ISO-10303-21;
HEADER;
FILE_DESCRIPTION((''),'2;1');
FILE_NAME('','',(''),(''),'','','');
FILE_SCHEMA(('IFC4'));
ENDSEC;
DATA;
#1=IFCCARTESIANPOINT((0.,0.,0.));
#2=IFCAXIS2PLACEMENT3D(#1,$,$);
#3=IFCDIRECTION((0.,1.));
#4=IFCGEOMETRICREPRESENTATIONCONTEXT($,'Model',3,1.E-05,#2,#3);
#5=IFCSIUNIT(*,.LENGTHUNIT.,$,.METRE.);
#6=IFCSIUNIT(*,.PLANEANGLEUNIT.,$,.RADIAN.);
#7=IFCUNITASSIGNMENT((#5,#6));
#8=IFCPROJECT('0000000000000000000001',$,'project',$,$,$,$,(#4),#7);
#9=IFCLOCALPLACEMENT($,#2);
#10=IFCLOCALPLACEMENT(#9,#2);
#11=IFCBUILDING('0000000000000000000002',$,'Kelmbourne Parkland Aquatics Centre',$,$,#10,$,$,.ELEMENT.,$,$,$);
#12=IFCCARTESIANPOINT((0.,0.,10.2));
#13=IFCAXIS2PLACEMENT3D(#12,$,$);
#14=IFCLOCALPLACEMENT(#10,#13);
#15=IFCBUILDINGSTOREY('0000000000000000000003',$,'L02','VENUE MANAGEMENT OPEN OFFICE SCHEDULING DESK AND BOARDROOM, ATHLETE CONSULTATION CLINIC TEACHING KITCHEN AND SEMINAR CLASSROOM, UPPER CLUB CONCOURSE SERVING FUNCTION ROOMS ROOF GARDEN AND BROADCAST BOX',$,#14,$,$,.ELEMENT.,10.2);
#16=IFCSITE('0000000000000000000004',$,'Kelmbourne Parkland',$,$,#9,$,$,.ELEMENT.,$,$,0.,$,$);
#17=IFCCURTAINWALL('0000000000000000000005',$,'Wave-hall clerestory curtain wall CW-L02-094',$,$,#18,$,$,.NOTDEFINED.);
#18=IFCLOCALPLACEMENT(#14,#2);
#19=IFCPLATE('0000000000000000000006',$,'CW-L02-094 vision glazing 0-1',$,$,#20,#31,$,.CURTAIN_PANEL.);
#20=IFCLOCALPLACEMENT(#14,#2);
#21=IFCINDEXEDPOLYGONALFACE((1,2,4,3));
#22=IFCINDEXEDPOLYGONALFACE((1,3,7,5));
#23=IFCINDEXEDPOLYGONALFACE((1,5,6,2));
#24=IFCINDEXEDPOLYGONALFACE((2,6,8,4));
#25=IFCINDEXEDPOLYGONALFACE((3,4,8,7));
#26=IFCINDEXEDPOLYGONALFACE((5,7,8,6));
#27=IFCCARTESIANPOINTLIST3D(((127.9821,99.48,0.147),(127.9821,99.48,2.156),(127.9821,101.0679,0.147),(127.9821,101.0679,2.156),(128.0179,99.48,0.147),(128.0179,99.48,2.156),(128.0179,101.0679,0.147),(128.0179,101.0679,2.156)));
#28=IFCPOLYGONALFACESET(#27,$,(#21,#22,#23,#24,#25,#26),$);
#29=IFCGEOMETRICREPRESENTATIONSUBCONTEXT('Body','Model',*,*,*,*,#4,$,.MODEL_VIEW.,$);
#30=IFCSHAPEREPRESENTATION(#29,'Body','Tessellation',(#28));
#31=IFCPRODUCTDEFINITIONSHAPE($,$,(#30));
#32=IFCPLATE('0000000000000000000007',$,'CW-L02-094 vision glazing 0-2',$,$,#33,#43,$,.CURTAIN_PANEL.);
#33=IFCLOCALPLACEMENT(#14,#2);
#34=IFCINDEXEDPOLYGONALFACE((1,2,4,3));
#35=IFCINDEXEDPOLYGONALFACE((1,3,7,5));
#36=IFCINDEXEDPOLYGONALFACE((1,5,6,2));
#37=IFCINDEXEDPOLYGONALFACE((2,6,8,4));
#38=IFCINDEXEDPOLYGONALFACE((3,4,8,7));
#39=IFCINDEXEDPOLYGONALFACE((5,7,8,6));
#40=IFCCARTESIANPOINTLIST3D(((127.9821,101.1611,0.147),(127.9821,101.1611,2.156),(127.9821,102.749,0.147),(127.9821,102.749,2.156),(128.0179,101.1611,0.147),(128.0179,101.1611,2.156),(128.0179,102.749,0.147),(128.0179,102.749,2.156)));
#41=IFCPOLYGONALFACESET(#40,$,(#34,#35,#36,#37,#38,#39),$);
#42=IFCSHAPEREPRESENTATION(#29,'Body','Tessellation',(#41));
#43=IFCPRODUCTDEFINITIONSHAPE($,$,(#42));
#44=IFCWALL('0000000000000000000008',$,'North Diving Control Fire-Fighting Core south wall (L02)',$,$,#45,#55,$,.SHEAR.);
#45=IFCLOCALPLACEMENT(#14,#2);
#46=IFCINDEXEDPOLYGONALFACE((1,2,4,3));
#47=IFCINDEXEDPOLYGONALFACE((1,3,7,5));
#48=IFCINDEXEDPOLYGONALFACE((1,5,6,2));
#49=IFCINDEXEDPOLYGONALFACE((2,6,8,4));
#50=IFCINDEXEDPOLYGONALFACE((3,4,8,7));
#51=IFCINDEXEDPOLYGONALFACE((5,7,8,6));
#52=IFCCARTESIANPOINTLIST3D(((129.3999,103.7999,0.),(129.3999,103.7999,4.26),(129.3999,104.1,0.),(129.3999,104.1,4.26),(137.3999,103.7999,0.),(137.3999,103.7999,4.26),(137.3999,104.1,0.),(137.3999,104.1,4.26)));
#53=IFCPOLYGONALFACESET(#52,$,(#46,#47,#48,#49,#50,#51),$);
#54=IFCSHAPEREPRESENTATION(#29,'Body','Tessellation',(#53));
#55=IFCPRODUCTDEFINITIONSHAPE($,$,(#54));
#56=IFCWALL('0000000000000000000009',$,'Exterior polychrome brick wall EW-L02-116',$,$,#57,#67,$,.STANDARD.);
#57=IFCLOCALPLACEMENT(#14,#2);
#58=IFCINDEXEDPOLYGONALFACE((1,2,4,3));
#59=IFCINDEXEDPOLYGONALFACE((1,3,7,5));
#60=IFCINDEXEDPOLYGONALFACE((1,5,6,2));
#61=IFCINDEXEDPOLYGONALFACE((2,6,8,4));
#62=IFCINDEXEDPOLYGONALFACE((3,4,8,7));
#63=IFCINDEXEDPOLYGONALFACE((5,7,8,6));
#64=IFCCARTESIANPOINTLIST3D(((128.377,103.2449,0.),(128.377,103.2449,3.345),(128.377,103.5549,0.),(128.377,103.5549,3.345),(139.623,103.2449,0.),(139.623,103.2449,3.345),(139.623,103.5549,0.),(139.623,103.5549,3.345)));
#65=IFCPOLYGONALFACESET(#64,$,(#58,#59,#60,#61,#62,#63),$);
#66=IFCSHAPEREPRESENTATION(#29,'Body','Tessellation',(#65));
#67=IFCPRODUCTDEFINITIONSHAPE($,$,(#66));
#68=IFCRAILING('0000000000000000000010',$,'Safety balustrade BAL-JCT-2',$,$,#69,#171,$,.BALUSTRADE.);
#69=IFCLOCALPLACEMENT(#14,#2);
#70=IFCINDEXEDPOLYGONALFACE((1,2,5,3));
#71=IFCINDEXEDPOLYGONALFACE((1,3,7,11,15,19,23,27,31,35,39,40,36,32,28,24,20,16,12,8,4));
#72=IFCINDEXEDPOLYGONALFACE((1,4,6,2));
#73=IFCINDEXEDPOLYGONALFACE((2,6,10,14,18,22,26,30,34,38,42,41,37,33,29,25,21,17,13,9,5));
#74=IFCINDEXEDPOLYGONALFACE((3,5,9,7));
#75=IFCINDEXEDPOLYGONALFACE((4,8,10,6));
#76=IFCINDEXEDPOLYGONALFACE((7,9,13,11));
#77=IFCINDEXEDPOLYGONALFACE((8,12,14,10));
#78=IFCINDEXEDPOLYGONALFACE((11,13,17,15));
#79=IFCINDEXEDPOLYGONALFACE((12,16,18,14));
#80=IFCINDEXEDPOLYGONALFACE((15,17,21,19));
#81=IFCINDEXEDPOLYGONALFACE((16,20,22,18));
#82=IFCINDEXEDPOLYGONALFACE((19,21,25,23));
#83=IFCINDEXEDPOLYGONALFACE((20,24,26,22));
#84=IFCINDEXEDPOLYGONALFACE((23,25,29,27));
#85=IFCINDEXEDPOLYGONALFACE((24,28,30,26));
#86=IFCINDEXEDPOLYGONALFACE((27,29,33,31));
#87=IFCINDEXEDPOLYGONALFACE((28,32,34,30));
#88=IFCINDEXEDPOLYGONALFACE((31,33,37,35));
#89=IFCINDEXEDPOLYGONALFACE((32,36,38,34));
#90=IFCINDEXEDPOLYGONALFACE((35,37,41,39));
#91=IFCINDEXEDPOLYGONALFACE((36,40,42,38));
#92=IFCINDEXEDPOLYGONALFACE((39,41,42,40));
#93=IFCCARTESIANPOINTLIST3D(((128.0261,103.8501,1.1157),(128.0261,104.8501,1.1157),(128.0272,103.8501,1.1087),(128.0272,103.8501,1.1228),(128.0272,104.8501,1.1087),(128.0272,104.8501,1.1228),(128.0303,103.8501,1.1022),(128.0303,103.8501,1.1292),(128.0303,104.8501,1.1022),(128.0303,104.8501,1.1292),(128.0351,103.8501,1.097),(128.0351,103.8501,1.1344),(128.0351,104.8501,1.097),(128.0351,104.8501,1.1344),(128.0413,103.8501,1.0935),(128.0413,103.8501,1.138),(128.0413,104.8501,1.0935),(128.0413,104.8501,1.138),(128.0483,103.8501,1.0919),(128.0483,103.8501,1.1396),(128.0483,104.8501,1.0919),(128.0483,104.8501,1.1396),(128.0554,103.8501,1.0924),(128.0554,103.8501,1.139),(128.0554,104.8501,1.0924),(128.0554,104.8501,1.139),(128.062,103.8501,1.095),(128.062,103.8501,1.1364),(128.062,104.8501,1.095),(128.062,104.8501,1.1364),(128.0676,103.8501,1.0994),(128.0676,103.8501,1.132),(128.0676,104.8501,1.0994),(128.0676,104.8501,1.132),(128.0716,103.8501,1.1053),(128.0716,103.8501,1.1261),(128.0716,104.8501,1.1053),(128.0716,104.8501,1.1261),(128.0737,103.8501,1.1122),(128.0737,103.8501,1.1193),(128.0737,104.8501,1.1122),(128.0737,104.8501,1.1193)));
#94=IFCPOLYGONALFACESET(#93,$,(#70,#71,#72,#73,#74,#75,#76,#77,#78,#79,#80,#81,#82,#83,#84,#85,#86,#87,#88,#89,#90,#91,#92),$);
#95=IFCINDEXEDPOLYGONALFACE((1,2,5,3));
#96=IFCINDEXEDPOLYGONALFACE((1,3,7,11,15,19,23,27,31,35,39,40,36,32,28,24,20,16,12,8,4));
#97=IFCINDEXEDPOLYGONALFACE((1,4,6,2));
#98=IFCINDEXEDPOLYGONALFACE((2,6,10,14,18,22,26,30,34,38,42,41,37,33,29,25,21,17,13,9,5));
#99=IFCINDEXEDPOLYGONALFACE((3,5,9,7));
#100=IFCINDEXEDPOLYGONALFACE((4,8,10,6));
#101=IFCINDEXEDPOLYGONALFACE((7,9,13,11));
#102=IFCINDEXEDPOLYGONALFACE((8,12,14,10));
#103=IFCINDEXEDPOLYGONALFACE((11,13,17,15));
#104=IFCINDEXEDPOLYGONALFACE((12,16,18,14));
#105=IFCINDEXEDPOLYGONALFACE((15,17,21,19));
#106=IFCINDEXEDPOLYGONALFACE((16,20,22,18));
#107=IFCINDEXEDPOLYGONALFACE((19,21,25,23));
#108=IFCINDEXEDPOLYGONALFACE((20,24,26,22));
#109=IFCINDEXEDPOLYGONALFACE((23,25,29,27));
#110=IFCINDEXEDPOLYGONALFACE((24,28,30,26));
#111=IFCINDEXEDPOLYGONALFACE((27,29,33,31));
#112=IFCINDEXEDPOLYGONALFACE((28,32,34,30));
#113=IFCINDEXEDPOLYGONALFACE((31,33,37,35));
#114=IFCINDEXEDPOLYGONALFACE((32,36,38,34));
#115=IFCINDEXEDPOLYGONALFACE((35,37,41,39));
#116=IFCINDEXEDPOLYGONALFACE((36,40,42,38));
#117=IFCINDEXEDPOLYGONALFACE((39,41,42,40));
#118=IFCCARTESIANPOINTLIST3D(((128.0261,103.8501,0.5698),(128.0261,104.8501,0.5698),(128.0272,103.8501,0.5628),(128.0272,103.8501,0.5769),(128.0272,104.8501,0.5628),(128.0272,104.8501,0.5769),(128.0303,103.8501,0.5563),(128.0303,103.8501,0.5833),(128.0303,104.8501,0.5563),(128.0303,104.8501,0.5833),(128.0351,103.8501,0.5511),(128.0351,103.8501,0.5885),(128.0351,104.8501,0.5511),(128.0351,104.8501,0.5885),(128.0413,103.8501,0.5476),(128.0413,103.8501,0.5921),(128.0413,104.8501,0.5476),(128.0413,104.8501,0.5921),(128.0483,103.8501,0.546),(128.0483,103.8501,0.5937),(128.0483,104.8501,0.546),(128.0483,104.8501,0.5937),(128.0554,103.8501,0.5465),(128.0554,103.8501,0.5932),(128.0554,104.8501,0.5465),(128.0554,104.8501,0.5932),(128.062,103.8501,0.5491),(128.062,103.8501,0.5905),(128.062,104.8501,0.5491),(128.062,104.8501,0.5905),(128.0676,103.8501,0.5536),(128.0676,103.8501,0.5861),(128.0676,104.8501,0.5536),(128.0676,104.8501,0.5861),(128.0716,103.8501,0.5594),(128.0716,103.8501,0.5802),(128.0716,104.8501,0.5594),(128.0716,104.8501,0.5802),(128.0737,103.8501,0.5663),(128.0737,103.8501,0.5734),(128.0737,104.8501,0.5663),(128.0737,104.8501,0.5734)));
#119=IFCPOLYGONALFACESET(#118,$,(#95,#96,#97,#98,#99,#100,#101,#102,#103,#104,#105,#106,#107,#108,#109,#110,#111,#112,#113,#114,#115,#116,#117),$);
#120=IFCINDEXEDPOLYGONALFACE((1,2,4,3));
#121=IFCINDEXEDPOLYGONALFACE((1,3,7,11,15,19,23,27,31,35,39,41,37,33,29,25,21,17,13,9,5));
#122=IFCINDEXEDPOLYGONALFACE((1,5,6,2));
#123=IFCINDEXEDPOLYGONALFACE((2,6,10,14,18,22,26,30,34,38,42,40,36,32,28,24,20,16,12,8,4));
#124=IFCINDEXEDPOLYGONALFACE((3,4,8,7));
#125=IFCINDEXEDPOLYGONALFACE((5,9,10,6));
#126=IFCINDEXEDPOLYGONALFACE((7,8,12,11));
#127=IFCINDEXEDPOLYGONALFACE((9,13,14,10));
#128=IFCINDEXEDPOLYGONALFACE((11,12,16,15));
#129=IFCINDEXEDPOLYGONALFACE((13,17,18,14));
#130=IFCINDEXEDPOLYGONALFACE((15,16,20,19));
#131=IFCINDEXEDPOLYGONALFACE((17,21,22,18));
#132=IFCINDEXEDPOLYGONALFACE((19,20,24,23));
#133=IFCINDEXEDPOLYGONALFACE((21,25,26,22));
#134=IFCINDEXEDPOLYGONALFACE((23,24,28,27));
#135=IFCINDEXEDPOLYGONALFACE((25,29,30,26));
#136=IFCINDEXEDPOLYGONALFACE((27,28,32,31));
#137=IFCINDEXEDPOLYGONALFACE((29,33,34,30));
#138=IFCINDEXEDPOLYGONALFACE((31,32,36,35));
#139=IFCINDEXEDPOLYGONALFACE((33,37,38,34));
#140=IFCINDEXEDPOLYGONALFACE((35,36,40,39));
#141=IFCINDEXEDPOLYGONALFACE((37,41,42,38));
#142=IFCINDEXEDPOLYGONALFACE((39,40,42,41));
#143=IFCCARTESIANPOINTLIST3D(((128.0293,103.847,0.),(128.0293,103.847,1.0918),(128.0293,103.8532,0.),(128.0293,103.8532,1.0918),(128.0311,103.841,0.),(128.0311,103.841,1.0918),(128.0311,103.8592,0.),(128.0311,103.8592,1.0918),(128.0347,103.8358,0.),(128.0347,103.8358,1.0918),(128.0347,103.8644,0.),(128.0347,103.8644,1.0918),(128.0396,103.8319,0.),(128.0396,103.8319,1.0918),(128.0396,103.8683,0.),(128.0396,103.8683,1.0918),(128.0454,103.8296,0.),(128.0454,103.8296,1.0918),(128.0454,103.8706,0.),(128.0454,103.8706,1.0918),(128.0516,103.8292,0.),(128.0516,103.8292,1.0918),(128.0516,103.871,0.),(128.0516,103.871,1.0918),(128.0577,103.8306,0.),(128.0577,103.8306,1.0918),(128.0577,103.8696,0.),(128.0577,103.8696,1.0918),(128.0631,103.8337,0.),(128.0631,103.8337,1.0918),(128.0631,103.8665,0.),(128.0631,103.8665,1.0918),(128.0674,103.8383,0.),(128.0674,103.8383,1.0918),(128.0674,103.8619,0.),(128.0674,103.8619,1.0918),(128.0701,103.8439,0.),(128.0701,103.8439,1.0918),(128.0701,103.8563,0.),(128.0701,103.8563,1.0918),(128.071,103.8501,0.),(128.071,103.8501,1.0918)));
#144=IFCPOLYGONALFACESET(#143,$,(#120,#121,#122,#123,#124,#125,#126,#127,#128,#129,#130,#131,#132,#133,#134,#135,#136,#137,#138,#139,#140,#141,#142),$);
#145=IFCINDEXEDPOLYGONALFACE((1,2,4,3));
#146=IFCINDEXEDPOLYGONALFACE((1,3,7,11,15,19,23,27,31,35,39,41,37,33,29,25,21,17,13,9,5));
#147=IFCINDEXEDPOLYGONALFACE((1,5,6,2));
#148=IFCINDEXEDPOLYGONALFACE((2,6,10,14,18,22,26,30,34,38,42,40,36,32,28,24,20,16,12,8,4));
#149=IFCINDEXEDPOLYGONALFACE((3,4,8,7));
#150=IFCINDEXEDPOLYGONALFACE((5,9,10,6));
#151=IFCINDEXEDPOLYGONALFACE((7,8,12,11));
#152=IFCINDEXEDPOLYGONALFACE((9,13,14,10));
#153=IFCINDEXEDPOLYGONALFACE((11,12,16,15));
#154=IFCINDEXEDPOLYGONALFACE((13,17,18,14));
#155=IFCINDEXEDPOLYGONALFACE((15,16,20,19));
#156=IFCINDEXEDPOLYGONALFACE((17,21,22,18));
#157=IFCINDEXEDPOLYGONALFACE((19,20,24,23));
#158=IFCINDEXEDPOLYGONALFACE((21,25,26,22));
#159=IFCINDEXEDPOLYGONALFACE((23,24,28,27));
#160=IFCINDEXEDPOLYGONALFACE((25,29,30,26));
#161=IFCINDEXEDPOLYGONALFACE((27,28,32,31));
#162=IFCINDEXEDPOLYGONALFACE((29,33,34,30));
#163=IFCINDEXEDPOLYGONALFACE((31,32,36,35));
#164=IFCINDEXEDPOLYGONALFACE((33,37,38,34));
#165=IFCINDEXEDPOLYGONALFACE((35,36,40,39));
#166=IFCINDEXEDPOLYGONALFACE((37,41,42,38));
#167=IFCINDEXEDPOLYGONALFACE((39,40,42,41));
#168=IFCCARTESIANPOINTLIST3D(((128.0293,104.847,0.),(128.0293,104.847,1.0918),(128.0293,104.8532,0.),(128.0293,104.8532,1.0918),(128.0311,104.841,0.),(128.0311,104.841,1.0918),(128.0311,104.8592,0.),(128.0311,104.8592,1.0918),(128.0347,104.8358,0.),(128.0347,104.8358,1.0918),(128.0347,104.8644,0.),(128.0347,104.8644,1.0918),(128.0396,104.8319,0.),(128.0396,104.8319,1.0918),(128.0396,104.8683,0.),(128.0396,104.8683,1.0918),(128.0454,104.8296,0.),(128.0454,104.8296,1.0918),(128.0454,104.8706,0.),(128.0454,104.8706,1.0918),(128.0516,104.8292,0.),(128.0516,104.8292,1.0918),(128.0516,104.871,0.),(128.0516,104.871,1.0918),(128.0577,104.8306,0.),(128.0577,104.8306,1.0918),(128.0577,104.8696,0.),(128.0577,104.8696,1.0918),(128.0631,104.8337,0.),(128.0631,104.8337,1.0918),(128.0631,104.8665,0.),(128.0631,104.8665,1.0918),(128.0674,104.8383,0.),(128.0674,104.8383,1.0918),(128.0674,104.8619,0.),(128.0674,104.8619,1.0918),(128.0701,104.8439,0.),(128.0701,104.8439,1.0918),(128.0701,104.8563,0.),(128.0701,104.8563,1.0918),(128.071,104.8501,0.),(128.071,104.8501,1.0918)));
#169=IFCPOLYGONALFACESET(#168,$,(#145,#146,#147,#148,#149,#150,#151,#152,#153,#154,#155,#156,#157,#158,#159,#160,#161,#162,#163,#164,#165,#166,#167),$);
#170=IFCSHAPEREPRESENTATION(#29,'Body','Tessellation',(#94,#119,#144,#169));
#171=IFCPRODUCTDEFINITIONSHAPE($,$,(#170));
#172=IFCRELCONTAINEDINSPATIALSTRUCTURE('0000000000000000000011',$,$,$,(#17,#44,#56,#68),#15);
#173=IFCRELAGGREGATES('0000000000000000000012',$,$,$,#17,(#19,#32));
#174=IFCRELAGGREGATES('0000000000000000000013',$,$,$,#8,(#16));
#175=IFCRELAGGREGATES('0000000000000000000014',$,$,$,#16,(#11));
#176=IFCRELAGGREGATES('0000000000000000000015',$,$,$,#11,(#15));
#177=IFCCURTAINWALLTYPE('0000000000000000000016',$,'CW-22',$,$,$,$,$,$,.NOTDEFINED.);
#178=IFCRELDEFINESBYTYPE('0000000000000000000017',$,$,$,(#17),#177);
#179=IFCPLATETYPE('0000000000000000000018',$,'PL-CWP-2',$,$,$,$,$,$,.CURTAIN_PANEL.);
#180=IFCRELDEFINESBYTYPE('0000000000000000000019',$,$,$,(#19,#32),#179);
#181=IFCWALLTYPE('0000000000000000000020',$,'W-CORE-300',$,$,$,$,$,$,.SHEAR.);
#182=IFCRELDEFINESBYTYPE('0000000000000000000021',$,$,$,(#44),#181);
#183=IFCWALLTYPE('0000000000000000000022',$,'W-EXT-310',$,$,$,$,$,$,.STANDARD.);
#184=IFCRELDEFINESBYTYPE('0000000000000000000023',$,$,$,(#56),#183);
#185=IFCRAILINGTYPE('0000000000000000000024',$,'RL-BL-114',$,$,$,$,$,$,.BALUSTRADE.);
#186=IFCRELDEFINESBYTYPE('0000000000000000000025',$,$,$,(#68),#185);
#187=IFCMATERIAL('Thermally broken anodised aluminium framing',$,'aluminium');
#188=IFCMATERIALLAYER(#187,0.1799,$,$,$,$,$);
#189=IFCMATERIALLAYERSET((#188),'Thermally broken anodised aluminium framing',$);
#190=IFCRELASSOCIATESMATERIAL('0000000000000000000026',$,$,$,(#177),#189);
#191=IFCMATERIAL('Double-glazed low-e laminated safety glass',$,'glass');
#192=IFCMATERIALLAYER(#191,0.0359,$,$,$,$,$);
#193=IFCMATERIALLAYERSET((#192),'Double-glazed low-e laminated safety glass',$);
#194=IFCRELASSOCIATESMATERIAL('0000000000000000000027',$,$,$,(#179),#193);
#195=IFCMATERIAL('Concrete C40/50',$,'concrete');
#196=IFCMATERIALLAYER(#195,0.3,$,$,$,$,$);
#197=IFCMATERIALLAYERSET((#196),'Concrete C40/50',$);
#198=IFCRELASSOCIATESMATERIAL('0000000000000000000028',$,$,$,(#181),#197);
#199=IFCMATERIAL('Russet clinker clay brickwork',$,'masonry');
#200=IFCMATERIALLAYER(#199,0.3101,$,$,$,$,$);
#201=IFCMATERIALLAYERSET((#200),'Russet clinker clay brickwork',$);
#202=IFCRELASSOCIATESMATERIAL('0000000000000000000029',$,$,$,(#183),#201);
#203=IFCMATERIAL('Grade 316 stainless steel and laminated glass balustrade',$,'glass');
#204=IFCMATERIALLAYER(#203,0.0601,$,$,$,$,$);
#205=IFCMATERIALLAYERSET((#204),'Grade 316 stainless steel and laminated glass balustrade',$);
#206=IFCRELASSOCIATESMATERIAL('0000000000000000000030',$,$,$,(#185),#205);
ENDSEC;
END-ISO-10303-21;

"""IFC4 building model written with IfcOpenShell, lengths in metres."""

from ifc_helpers import new_model, si_unit, direction, frame, frame_2d, origin, origin_2d, place, context, subcontext, project, spatial, rectangle, circle, extrude, material, layer, layer_set, type_object, element, aggregate, save


model = new_model("IFC4")

# Units and contexts
model_context = context("Model", 3, precision=1e-05, world=origin(), true_north=direction((0.0, 1.0)))
body_context = subcontext(model_context, "Body", "Model", "MODEL_VIEW")
ifc_project = project(units=[si_unit("LENGTHUNIT", "METRE"), si_unit("PLANEANGLEUNIT", "RADIAN")], contexts=[model_context])

# Site, building, storey
site_placement = place(None, origin())
site = spatial("IfcSite", under=ifc_project, at=site_placement, Name="Kelmbourne Parkland", CompositionType="ELEMENT", RefElevation=0.0)
building_placement = place(site_placement, origin())
building = spatial("IfcBuilding", under=site, at=building_placement, Name="Kelmbourne Parkland Aquatics Centre", CompositionType="ELEMENT")
storey_placement = place(building_placement, frame((0.0, 0.0, 10.2)))
storey = spatial("IfcBuildingStorey", under=building, at=storey_placement, Name="L02", Description="VENUE MANAGEMENT OPEN OFFICE SCHEDULING DESK AND BOARDROOM, ATHLETE CONSULTATION CLINIC TEACHING KITCHEN AND SEMINAR CLASSROOM, UPPER CLUB CONCOURSE SERVING FUNCTION ROOMS ROOF GARDEN AND BROADCAST BOX", CompositionType="ELEMENT", Elevation=10.2)

# Shared definitions
ifc_material_1 = material(Name="Concrete C40/50", Category="concrete")

# Shared definitions
ifc_material_2 = material(Name="Thermally broken anodised aluminium framing", Category="aluminium")

# Curtain wall
ifc_layer_1 = layer(ifc_material_2, 0.1799)
ifc_layer_set_1 = layer_set([ifc_layer_1], Name="Thermally broken anodised aluminium framing")
curtain_wall_type_1 = type_object("IfcCurtainWallType", Name="CW-22", PredefinedType="NOTDEFINED", material=ifc_layer_set_1)
curtain_wall_1_placement = place(storey_placement, origin())
curtain_wall_1 = element("IfcCurtainWall", 1, at=curtain_wall_1_placement, inside=storey, type_object=curtain_wall_type_1, Name="Wave-hall clerestory curtain wall CW-L02-094", PredefinedType="NOTDEFINED")

# Plates
ifc_material_3 = material(Name="Double-glazed low-e laminated safety glass", Category="glass")
ifc_layer_2 = layer(ifc_material_3, 0.0359)
ifc_layer_set_2 = layer_set([ifc_layer_2], Name="Double-glazed low-e laminated safety glass")
plate_type_1 = type_object("IfcPlateType", Name="PL-CWP-2", PredefinedType="CURTAIN_PANEL", material=ifc_layer_set_2)
plate_1_placement = place(storey_placement, frame((128.0, 100.2739, 0.147), z_axis=(0.0, 0.0, 1.0), x_axis=(0.0, 1.0, 0.0)))
plate_1 = element("IfcPlate", 2, at=plate_1_placement, type_object=plate_type_1, Name="CW-L02-094 vision glazing 0-1", PredefinedType="CURTAIN_PANEL", context=body_context, shape_type="SweptSolid", body=[
    extrude(rectangle(XDim=1.5879, YDim=0.0359, at=origin_2d()), origin(), (0.0, 0.0, 1.0), 2.009),
])
plate_2_placement = place(storey_placement, frame((128.0, 101.9551, 0.147), z_axis=(0.0, 0.0, 1.0), x_axis=(0.0, 1.0, 0.0)))
plate_2 = element("IfcPlate", 3, at=plate_2_placement, type_object=plate_type_1, Name="CW-L02-094 vision glazing 0-2", PredefinedType="CURTAIN_PANEL", context=body_context, shape_type="SweptSolid", body=[
    extrude(rectangle(XDim=1.5879, YDim=0.0359, at=origin_2d()), origin(), (0.0, 0.0, 1.0), 2.009),
])
aggregate(curtain_wall_1, [plate_1, plate_2])

# Walls
ifc_layer_3 = layer(ifc_material_1, 0.3)
ifc_layer_set_3 = layer_set([ifc_layer_3], Name="Concrete C40/50")
wall_type_1 = type_object("IfcWallType", Name="W-CORE-300", PredefinedType="SHEAR", material=ifc_layer_set_3)
wall_1_placement = place(storey_placement, frame((129.3999, 103.95, 0.0), z_axis=(0.0, 0.0, 1.0), x_axis=(1.0, 0.0, 0.0)))
element("IfcWall", 4, at=wall_1_placement, inside=storey, type_object=wall_type_1, Name="North Diving Control Fire-Fighting Core south wall (L02)", PredefinedType="SHEAR", context=body_context, shape_type="SweptSolid", body=[
    extrude(rectangle(XDim=8.0, YDim=0.3, at=frame_2d((4.0, 0.0))), origin(), (0.0, 0.0, 1.0), 4.26),
])
ifc_material_4 = material(Name="Russet clinker clay brickwork", Category="masonry")
ifc_layer_4 = layer(ifc_material_4, 0.3101)
ifc_layer_set_4 = layer_set([ifc_layer_4], Name="Russet clinker clay brickwork")
wall_type_2 = type_object("IfcWallType", Name="W-EXT-310", PredefinedType="STANDARD", material=ifc_layer_set_4)
wall_2_placement = place(storey_placement, frame((128.377, 103.3999, 0.0), z_axis=(0.0, 0.0, 1.0), x_axis=(1.0, 0.0, 0.0)))
element("IfcWall", 5, at=wall_2_placement, inside=storey, type_object=wall_type_2, Name="Exterior polychrome brick wall EW-L02-116", PredefinedType="STANDARD", context=body_context, shape_type="SweptSolid", body=[
    extrude(rectangle(XDim=11.2461, YDim=0.3101, at=frame_2d((5.623, 0.0))), origin(), (0.0, 0.0, 1.0), 3.345),
])

# Railing
ifc_material_5 = material(Name="Grade 316 stainless steel and laminated glass balustrade", Category="glass")
ifc_layer_5 = layer(ifc_material_5, 0.0601)
ifc_layer_set_5 = layer_set([ifc_layer_5], Name="Grade 316 stainless steel and laminated glass balustrade")
railing_type = type_object("IfcRailingType", Name="RL-BL-114", PredefinedType="BALUSTRADE", material=ifc_layer_set_5)
railing_placement = place(storey_placement, frame((128.05, 103.8501, 0.0)))
element("IfcRailing", 6, at=railing_placement, inside=storey, type_object=railing_type, Name="Safety balustrade BAL-JCT-2", PredefinedType="BALUSTRADE", context=body_context, shape_type="SweptSolid", body=[
    extrude(circle(Radius=0.0239, at=origin_2d()), frame((0.0, 0.0, 1.1157), z_axis=(0.0, 1.0, 0.0), x_axis=(-1.0, 0.0, 0.0)), (0.0, 0.0, 1.0), 1.0),
    extrude(circle(Radius=0.0239, at=origin_2d()), frame((0.0, 0.0, 0.5698), z_axis=(0.0, 1.0, 0.0), x_axis=(-1.0, 0.0, 0.0)), (0.0, 0.0, 1.0), 1.0),
    extrude(circle(Radius=0.021, at=origin_2d()), origin(), (0.0, 0.0, 1.0), 1.0918),
    extrude(circle(Radius=0.021, at=origin_2d()), frame((0.0, 1.0, 0.0)), (0.0, 0.0, 1.0), 1.0918),
])

save(model, "model.ifc")
